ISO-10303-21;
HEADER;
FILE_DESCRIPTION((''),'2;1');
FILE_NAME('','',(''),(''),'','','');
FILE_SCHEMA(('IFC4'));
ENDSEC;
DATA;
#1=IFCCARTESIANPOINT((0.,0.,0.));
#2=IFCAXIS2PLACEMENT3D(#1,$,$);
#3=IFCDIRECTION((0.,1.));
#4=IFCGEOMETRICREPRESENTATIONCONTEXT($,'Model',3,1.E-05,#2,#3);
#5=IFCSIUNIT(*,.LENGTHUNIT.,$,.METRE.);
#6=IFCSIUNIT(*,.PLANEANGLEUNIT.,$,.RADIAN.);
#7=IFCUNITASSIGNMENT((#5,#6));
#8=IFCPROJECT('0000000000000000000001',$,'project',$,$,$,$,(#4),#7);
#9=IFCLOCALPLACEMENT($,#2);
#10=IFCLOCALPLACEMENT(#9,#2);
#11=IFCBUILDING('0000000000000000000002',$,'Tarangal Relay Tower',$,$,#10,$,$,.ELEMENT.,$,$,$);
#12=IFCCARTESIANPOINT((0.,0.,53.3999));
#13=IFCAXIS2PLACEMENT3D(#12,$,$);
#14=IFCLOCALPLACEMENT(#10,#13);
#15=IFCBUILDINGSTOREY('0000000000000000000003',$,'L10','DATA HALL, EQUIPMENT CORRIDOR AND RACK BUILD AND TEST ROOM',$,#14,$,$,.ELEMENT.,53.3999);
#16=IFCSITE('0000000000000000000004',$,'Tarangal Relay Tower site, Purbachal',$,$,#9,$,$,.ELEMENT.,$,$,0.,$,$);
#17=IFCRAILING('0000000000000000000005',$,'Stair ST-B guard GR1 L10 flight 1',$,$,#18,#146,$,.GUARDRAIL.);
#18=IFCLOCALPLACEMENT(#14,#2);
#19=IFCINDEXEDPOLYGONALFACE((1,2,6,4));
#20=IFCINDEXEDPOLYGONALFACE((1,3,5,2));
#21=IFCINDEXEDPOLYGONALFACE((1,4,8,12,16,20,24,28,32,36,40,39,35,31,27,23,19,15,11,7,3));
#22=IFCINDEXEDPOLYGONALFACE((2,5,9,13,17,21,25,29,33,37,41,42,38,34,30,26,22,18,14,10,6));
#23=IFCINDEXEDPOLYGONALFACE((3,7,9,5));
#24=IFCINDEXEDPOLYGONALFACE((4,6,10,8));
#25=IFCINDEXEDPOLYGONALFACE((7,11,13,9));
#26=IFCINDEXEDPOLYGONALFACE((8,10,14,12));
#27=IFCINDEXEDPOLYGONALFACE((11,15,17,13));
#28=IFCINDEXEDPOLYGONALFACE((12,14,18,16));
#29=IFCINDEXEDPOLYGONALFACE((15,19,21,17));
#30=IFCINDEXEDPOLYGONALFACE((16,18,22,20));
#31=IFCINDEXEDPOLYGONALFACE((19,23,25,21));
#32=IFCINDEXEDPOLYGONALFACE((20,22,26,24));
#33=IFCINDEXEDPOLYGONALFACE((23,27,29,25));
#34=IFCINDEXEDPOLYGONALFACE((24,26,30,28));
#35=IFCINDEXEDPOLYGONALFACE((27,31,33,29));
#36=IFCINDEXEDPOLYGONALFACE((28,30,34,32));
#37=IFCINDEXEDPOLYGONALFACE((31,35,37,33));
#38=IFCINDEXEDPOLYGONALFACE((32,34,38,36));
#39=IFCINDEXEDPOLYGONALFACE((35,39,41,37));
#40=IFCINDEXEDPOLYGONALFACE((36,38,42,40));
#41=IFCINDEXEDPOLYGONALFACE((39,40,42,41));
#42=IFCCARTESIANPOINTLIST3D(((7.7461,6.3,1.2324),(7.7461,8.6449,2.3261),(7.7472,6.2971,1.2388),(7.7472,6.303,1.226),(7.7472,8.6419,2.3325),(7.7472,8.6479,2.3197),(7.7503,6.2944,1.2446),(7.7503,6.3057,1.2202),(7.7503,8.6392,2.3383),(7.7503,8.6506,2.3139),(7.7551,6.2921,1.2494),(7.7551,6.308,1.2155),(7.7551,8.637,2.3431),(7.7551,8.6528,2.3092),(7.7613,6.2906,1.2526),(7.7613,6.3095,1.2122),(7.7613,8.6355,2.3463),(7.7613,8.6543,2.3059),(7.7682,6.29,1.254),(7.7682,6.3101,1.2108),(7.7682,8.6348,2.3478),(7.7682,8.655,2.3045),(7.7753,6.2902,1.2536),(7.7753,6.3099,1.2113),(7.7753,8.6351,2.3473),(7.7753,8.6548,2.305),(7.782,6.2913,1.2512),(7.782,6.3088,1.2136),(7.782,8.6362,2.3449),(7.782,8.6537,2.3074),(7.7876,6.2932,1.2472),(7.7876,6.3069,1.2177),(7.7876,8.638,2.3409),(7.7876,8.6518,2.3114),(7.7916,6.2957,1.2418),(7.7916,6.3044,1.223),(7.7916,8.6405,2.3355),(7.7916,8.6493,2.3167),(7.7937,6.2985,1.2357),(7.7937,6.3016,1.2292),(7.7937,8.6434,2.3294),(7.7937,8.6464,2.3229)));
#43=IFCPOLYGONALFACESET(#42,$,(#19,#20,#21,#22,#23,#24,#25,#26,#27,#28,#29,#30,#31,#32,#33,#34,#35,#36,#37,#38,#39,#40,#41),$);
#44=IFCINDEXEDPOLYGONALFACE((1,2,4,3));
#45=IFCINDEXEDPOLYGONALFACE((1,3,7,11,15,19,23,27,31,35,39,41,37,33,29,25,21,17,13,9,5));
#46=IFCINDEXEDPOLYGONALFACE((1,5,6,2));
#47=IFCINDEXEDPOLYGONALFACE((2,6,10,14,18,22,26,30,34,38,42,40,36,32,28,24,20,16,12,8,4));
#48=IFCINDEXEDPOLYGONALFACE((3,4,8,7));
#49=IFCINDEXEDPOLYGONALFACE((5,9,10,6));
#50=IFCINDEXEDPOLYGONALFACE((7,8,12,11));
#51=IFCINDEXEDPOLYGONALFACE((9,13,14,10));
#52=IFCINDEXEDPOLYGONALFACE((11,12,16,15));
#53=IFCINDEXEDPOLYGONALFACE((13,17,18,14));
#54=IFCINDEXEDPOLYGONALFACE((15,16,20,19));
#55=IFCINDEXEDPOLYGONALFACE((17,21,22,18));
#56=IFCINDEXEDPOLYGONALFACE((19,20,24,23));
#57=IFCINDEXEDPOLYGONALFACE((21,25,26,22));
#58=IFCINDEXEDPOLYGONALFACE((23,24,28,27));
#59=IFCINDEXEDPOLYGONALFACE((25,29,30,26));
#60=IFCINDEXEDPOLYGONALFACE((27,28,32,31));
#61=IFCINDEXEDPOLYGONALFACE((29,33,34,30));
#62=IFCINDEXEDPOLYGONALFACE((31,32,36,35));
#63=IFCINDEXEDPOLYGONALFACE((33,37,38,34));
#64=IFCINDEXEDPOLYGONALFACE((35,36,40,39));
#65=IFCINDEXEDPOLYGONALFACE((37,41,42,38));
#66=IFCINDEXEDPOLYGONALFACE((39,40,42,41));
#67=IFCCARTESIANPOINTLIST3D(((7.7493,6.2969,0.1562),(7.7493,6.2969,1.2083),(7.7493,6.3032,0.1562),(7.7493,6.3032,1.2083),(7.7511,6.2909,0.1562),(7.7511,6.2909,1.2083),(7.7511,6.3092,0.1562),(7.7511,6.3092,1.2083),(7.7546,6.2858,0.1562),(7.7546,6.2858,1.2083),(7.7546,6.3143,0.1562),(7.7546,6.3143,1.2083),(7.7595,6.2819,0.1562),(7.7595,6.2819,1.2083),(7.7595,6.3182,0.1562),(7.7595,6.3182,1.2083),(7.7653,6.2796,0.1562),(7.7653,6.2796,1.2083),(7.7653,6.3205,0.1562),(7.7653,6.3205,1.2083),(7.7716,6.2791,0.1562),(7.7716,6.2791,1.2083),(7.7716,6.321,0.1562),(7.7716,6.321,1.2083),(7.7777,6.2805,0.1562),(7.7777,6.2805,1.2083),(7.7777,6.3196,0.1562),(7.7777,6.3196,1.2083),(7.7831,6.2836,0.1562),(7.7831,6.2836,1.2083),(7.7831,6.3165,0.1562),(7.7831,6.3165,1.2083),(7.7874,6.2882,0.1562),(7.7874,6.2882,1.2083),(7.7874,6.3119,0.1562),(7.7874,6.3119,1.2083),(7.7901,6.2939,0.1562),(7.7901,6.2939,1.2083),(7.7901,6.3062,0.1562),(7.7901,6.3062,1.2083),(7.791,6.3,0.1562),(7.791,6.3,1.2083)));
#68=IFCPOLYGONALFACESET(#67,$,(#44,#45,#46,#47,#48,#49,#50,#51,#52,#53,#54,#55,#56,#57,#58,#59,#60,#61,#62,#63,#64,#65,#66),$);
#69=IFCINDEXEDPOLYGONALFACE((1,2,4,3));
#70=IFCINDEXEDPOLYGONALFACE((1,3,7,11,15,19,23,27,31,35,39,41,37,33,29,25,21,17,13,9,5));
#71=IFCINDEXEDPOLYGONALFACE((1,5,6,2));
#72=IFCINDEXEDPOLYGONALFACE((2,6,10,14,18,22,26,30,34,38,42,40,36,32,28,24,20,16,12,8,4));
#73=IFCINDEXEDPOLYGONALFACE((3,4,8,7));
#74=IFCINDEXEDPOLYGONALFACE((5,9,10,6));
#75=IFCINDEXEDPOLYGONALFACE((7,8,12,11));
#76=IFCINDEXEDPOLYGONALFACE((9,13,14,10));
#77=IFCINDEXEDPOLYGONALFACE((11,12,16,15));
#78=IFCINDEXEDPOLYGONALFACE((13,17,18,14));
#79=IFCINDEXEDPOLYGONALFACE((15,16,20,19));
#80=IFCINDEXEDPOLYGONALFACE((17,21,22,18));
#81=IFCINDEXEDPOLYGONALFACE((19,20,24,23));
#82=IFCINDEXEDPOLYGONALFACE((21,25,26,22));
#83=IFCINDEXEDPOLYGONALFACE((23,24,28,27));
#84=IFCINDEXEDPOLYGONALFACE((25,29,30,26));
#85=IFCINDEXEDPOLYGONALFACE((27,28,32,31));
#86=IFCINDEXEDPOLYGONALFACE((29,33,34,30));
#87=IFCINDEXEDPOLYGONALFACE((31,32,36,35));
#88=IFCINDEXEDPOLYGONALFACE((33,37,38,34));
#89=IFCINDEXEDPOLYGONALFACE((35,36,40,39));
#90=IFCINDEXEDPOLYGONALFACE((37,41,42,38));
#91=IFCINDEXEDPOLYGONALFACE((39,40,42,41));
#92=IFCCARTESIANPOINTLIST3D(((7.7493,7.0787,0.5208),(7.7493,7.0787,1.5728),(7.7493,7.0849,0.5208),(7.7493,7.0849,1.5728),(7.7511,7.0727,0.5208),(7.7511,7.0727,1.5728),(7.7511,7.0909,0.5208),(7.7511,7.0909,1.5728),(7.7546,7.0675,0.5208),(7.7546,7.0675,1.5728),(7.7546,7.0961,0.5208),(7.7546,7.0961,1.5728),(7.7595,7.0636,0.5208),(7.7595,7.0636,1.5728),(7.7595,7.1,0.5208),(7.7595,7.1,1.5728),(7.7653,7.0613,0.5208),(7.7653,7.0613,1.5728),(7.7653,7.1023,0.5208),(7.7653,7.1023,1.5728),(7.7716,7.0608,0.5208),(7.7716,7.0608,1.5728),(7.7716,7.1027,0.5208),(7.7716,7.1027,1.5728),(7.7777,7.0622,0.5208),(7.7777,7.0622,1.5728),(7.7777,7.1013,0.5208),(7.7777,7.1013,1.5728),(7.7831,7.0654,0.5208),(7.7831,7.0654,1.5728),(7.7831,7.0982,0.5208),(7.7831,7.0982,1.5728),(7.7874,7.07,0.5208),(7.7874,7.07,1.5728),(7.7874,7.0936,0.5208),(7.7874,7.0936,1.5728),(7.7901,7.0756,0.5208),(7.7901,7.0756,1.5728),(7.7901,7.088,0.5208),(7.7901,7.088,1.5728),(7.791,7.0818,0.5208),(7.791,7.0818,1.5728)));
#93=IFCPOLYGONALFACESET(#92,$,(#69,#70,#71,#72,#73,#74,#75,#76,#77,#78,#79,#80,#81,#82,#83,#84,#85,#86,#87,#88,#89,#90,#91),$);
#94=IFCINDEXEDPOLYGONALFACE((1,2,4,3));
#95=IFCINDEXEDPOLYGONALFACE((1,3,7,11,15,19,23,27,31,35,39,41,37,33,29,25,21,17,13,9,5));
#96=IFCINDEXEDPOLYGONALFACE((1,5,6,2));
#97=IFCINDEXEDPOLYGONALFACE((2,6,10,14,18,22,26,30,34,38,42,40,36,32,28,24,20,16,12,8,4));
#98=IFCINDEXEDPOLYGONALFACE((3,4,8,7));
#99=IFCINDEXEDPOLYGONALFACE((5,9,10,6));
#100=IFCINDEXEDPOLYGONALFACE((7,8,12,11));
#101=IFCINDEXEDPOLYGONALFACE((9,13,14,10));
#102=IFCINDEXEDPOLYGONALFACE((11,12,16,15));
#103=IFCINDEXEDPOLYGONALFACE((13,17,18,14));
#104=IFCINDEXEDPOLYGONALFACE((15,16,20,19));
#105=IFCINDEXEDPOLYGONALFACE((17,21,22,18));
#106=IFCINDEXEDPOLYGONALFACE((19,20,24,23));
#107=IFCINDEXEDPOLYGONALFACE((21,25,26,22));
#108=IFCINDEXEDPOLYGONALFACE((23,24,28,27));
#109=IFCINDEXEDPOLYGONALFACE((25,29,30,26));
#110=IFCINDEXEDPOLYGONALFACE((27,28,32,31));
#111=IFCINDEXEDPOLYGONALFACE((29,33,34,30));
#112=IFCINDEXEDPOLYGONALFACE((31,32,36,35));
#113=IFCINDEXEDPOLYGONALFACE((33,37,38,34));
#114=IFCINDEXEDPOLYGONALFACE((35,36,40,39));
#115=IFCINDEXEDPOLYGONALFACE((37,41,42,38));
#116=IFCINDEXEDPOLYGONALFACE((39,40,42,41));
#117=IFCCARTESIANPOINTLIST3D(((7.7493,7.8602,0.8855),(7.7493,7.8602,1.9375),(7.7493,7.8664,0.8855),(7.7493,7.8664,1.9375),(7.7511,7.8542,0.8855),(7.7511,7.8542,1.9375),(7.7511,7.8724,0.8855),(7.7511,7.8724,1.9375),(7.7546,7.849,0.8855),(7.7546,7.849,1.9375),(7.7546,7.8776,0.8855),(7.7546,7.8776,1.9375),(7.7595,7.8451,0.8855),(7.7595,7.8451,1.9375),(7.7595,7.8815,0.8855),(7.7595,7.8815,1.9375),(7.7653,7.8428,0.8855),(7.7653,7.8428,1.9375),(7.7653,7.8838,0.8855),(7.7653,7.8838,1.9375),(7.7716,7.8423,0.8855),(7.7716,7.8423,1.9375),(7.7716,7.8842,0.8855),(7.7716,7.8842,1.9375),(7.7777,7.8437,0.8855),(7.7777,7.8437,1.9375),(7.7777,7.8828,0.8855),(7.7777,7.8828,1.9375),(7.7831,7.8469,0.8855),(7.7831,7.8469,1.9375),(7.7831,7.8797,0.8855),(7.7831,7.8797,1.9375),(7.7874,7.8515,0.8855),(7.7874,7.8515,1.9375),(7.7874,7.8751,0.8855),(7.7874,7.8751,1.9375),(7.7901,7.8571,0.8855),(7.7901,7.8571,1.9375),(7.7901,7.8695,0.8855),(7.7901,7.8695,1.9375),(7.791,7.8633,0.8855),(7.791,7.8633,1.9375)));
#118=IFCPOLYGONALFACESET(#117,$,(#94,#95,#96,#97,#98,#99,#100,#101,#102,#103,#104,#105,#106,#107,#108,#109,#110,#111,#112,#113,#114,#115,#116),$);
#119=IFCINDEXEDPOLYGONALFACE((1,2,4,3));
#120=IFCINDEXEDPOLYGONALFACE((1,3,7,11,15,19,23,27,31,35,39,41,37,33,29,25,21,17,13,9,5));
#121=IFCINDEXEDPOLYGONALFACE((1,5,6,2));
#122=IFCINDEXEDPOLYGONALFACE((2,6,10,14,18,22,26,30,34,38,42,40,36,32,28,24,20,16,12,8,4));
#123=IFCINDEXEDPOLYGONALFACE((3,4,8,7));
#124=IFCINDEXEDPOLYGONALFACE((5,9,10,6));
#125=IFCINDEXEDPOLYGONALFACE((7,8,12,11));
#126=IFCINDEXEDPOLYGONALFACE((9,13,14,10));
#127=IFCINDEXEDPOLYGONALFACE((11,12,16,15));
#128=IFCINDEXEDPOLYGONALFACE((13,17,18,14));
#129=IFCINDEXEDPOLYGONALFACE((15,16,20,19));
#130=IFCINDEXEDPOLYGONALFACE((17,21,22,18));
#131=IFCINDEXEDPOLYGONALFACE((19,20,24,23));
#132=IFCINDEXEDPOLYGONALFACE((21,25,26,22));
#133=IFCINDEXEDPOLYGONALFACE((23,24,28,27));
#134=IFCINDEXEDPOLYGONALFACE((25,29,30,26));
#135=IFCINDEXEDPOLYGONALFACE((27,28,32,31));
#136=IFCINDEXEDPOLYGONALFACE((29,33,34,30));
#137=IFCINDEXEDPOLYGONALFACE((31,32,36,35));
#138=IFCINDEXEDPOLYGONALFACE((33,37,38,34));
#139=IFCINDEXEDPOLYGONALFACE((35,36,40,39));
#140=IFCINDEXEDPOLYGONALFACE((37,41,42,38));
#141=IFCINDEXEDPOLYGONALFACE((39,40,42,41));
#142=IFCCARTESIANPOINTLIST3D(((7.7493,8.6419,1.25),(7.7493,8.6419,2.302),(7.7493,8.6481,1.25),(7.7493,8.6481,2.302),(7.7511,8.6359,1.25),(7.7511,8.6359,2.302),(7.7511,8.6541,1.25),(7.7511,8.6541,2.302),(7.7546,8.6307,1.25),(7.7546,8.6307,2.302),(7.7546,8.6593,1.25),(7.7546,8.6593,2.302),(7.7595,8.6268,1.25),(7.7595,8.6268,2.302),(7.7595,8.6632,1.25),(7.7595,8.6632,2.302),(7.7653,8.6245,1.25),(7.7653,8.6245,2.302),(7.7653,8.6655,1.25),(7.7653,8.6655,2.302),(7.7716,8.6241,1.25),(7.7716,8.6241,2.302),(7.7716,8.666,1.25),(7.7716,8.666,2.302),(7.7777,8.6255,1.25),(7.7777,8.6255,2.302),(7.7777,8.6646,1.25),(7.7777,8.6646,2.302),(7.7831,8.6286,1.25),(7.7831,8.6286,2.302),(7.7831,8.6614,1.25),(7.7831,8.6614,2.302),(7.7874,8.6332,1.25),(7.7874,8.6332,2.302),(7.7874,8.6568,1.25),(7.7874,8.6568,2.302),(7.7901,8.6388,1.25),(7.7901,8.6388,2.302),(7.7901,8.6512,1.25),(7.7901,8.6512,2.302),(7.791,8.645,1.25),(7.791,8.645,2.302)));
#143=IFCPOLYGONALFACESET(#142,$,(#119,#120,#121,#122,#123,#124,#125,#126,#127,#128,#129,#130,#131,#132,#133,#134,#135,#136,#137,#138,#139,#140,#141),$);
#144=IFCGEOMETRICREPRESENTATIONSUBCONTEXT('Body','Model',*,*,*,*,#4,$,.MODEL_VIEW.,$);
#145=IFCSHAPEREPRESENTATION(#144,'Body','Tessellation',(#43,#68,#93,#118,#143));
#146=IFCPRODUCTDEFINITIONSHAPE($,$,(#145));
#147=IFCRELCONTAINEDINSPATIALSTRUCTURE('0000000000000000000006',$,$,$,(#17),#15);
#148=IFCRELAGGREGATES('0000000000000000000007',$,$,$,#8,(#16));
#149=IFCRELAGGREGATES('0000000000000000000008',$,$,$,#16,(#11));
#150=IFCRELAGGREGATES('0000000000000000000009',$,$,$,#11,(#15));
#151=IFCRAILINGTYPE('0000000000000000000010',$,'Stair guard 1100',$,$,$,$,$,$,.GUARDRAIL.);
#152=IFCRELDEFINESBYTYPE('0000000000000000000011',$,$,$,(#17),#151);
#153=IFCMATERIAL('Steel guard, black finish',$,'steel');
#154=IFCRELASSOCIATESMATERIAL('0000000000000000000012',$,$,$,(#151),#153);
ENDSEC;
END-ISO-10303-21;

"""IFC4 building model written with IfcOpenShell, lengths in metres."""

from ifc_helpers import new_model, si_unit, direction, frame, origin, origin_2d, place, context, subcontext, project, spatial, circle, extrude, material, type_object, element, save


model = new_model("IFC4")

# Units and contexts
model_context = context("Model", 3, precision=1e-05, world=origin(), true_north=direction((0.0, 1.0)))
body_context = subcontext(model_context, "Body", "Model", "MODEL_VIEW")
ifc_project = project(units=[si_unit("LENGTHUNIT", "METRE"), si_unit("PLANEANGLEUNIT", "RADIAN")], contexts=[model_context])

# Site, building, storey
site_placement = place(None, origin())
site = spatial("IfcSite", under=ifc_project, at=site_placement, Name="Tarangal Relay Tower site, Purbachal", CompositionType="ELEMENT", RefElevation=0.0)
building_placement = place(site_placement, origin())
building = spatial("IfcBuilding", under=site, at=building_placement, Name="Tarangal Relay Tower", CompositionType="ELEMENT")
storey_placement = place(building_placement, frame((0.0, 0.0, 53.3999)))
storey = spatial("IfcBuildingStorey", under=building, at=storey_placement, Name="L10", Description="DATA HALL, EQUIPMENT CORRIDOR AND RACK BUILD AND TEST ROOM", CompositionType="ELEMENT", Elevation=53.3999)

# Railing
ifc_material_1 = material(Name="Steel guard, black finish", Category="steel")
railing_type_1 = type_object("IfcRailingType", Name="Stair guard 1100", PredefinedType="GUARDRAIL", material=ifc_material_1)
railing_1_placement = place(storey_placement, frame((7.77, 6.3, 0.1562)))
element("IfcRailing", 1, at=railing_1_placement, inside=storey, type_object=railing_type_1, Name="Stair ST-B guard GR1 L10 flight 1", PredefinedType="GUARDRAIL", context=body_context, shape_type="SweptSolid", body=[
    extrude(circle(Radius=0.0239, at=origin_2d()), frame((0.0, 0.0, 1.0762), z_axis=(0.0, 0.906267, 0.422705), x_axis=(-1.0, 0.0, 0.0)), (0.0, 0.0, 1.0), 2.5874),
    extrude(circle(Radius=0.021, at=origin_2d()), origin(), (0.0, 0.0, 1.0), 1.052),
    extrude(circle(Radius=0.021, at=origin_2d()), frame((0.0, 0.7817, 0.3645)), (0.0, 0.0, 1.0), 1.052),
    extrude(circle(Radius=0.021, at=origin_2d()), frame((0.0, 1.5632, 0.7292)), (0.0, 0.0, 1.0), 1.052),
    extrude(circle(Radius=0.021, at=origin_2d()), frame((0.0, 2.345, 1.0938)), (0.0, 0.0, 1.0), 1.052),
])

save(model, "model.ifc")
